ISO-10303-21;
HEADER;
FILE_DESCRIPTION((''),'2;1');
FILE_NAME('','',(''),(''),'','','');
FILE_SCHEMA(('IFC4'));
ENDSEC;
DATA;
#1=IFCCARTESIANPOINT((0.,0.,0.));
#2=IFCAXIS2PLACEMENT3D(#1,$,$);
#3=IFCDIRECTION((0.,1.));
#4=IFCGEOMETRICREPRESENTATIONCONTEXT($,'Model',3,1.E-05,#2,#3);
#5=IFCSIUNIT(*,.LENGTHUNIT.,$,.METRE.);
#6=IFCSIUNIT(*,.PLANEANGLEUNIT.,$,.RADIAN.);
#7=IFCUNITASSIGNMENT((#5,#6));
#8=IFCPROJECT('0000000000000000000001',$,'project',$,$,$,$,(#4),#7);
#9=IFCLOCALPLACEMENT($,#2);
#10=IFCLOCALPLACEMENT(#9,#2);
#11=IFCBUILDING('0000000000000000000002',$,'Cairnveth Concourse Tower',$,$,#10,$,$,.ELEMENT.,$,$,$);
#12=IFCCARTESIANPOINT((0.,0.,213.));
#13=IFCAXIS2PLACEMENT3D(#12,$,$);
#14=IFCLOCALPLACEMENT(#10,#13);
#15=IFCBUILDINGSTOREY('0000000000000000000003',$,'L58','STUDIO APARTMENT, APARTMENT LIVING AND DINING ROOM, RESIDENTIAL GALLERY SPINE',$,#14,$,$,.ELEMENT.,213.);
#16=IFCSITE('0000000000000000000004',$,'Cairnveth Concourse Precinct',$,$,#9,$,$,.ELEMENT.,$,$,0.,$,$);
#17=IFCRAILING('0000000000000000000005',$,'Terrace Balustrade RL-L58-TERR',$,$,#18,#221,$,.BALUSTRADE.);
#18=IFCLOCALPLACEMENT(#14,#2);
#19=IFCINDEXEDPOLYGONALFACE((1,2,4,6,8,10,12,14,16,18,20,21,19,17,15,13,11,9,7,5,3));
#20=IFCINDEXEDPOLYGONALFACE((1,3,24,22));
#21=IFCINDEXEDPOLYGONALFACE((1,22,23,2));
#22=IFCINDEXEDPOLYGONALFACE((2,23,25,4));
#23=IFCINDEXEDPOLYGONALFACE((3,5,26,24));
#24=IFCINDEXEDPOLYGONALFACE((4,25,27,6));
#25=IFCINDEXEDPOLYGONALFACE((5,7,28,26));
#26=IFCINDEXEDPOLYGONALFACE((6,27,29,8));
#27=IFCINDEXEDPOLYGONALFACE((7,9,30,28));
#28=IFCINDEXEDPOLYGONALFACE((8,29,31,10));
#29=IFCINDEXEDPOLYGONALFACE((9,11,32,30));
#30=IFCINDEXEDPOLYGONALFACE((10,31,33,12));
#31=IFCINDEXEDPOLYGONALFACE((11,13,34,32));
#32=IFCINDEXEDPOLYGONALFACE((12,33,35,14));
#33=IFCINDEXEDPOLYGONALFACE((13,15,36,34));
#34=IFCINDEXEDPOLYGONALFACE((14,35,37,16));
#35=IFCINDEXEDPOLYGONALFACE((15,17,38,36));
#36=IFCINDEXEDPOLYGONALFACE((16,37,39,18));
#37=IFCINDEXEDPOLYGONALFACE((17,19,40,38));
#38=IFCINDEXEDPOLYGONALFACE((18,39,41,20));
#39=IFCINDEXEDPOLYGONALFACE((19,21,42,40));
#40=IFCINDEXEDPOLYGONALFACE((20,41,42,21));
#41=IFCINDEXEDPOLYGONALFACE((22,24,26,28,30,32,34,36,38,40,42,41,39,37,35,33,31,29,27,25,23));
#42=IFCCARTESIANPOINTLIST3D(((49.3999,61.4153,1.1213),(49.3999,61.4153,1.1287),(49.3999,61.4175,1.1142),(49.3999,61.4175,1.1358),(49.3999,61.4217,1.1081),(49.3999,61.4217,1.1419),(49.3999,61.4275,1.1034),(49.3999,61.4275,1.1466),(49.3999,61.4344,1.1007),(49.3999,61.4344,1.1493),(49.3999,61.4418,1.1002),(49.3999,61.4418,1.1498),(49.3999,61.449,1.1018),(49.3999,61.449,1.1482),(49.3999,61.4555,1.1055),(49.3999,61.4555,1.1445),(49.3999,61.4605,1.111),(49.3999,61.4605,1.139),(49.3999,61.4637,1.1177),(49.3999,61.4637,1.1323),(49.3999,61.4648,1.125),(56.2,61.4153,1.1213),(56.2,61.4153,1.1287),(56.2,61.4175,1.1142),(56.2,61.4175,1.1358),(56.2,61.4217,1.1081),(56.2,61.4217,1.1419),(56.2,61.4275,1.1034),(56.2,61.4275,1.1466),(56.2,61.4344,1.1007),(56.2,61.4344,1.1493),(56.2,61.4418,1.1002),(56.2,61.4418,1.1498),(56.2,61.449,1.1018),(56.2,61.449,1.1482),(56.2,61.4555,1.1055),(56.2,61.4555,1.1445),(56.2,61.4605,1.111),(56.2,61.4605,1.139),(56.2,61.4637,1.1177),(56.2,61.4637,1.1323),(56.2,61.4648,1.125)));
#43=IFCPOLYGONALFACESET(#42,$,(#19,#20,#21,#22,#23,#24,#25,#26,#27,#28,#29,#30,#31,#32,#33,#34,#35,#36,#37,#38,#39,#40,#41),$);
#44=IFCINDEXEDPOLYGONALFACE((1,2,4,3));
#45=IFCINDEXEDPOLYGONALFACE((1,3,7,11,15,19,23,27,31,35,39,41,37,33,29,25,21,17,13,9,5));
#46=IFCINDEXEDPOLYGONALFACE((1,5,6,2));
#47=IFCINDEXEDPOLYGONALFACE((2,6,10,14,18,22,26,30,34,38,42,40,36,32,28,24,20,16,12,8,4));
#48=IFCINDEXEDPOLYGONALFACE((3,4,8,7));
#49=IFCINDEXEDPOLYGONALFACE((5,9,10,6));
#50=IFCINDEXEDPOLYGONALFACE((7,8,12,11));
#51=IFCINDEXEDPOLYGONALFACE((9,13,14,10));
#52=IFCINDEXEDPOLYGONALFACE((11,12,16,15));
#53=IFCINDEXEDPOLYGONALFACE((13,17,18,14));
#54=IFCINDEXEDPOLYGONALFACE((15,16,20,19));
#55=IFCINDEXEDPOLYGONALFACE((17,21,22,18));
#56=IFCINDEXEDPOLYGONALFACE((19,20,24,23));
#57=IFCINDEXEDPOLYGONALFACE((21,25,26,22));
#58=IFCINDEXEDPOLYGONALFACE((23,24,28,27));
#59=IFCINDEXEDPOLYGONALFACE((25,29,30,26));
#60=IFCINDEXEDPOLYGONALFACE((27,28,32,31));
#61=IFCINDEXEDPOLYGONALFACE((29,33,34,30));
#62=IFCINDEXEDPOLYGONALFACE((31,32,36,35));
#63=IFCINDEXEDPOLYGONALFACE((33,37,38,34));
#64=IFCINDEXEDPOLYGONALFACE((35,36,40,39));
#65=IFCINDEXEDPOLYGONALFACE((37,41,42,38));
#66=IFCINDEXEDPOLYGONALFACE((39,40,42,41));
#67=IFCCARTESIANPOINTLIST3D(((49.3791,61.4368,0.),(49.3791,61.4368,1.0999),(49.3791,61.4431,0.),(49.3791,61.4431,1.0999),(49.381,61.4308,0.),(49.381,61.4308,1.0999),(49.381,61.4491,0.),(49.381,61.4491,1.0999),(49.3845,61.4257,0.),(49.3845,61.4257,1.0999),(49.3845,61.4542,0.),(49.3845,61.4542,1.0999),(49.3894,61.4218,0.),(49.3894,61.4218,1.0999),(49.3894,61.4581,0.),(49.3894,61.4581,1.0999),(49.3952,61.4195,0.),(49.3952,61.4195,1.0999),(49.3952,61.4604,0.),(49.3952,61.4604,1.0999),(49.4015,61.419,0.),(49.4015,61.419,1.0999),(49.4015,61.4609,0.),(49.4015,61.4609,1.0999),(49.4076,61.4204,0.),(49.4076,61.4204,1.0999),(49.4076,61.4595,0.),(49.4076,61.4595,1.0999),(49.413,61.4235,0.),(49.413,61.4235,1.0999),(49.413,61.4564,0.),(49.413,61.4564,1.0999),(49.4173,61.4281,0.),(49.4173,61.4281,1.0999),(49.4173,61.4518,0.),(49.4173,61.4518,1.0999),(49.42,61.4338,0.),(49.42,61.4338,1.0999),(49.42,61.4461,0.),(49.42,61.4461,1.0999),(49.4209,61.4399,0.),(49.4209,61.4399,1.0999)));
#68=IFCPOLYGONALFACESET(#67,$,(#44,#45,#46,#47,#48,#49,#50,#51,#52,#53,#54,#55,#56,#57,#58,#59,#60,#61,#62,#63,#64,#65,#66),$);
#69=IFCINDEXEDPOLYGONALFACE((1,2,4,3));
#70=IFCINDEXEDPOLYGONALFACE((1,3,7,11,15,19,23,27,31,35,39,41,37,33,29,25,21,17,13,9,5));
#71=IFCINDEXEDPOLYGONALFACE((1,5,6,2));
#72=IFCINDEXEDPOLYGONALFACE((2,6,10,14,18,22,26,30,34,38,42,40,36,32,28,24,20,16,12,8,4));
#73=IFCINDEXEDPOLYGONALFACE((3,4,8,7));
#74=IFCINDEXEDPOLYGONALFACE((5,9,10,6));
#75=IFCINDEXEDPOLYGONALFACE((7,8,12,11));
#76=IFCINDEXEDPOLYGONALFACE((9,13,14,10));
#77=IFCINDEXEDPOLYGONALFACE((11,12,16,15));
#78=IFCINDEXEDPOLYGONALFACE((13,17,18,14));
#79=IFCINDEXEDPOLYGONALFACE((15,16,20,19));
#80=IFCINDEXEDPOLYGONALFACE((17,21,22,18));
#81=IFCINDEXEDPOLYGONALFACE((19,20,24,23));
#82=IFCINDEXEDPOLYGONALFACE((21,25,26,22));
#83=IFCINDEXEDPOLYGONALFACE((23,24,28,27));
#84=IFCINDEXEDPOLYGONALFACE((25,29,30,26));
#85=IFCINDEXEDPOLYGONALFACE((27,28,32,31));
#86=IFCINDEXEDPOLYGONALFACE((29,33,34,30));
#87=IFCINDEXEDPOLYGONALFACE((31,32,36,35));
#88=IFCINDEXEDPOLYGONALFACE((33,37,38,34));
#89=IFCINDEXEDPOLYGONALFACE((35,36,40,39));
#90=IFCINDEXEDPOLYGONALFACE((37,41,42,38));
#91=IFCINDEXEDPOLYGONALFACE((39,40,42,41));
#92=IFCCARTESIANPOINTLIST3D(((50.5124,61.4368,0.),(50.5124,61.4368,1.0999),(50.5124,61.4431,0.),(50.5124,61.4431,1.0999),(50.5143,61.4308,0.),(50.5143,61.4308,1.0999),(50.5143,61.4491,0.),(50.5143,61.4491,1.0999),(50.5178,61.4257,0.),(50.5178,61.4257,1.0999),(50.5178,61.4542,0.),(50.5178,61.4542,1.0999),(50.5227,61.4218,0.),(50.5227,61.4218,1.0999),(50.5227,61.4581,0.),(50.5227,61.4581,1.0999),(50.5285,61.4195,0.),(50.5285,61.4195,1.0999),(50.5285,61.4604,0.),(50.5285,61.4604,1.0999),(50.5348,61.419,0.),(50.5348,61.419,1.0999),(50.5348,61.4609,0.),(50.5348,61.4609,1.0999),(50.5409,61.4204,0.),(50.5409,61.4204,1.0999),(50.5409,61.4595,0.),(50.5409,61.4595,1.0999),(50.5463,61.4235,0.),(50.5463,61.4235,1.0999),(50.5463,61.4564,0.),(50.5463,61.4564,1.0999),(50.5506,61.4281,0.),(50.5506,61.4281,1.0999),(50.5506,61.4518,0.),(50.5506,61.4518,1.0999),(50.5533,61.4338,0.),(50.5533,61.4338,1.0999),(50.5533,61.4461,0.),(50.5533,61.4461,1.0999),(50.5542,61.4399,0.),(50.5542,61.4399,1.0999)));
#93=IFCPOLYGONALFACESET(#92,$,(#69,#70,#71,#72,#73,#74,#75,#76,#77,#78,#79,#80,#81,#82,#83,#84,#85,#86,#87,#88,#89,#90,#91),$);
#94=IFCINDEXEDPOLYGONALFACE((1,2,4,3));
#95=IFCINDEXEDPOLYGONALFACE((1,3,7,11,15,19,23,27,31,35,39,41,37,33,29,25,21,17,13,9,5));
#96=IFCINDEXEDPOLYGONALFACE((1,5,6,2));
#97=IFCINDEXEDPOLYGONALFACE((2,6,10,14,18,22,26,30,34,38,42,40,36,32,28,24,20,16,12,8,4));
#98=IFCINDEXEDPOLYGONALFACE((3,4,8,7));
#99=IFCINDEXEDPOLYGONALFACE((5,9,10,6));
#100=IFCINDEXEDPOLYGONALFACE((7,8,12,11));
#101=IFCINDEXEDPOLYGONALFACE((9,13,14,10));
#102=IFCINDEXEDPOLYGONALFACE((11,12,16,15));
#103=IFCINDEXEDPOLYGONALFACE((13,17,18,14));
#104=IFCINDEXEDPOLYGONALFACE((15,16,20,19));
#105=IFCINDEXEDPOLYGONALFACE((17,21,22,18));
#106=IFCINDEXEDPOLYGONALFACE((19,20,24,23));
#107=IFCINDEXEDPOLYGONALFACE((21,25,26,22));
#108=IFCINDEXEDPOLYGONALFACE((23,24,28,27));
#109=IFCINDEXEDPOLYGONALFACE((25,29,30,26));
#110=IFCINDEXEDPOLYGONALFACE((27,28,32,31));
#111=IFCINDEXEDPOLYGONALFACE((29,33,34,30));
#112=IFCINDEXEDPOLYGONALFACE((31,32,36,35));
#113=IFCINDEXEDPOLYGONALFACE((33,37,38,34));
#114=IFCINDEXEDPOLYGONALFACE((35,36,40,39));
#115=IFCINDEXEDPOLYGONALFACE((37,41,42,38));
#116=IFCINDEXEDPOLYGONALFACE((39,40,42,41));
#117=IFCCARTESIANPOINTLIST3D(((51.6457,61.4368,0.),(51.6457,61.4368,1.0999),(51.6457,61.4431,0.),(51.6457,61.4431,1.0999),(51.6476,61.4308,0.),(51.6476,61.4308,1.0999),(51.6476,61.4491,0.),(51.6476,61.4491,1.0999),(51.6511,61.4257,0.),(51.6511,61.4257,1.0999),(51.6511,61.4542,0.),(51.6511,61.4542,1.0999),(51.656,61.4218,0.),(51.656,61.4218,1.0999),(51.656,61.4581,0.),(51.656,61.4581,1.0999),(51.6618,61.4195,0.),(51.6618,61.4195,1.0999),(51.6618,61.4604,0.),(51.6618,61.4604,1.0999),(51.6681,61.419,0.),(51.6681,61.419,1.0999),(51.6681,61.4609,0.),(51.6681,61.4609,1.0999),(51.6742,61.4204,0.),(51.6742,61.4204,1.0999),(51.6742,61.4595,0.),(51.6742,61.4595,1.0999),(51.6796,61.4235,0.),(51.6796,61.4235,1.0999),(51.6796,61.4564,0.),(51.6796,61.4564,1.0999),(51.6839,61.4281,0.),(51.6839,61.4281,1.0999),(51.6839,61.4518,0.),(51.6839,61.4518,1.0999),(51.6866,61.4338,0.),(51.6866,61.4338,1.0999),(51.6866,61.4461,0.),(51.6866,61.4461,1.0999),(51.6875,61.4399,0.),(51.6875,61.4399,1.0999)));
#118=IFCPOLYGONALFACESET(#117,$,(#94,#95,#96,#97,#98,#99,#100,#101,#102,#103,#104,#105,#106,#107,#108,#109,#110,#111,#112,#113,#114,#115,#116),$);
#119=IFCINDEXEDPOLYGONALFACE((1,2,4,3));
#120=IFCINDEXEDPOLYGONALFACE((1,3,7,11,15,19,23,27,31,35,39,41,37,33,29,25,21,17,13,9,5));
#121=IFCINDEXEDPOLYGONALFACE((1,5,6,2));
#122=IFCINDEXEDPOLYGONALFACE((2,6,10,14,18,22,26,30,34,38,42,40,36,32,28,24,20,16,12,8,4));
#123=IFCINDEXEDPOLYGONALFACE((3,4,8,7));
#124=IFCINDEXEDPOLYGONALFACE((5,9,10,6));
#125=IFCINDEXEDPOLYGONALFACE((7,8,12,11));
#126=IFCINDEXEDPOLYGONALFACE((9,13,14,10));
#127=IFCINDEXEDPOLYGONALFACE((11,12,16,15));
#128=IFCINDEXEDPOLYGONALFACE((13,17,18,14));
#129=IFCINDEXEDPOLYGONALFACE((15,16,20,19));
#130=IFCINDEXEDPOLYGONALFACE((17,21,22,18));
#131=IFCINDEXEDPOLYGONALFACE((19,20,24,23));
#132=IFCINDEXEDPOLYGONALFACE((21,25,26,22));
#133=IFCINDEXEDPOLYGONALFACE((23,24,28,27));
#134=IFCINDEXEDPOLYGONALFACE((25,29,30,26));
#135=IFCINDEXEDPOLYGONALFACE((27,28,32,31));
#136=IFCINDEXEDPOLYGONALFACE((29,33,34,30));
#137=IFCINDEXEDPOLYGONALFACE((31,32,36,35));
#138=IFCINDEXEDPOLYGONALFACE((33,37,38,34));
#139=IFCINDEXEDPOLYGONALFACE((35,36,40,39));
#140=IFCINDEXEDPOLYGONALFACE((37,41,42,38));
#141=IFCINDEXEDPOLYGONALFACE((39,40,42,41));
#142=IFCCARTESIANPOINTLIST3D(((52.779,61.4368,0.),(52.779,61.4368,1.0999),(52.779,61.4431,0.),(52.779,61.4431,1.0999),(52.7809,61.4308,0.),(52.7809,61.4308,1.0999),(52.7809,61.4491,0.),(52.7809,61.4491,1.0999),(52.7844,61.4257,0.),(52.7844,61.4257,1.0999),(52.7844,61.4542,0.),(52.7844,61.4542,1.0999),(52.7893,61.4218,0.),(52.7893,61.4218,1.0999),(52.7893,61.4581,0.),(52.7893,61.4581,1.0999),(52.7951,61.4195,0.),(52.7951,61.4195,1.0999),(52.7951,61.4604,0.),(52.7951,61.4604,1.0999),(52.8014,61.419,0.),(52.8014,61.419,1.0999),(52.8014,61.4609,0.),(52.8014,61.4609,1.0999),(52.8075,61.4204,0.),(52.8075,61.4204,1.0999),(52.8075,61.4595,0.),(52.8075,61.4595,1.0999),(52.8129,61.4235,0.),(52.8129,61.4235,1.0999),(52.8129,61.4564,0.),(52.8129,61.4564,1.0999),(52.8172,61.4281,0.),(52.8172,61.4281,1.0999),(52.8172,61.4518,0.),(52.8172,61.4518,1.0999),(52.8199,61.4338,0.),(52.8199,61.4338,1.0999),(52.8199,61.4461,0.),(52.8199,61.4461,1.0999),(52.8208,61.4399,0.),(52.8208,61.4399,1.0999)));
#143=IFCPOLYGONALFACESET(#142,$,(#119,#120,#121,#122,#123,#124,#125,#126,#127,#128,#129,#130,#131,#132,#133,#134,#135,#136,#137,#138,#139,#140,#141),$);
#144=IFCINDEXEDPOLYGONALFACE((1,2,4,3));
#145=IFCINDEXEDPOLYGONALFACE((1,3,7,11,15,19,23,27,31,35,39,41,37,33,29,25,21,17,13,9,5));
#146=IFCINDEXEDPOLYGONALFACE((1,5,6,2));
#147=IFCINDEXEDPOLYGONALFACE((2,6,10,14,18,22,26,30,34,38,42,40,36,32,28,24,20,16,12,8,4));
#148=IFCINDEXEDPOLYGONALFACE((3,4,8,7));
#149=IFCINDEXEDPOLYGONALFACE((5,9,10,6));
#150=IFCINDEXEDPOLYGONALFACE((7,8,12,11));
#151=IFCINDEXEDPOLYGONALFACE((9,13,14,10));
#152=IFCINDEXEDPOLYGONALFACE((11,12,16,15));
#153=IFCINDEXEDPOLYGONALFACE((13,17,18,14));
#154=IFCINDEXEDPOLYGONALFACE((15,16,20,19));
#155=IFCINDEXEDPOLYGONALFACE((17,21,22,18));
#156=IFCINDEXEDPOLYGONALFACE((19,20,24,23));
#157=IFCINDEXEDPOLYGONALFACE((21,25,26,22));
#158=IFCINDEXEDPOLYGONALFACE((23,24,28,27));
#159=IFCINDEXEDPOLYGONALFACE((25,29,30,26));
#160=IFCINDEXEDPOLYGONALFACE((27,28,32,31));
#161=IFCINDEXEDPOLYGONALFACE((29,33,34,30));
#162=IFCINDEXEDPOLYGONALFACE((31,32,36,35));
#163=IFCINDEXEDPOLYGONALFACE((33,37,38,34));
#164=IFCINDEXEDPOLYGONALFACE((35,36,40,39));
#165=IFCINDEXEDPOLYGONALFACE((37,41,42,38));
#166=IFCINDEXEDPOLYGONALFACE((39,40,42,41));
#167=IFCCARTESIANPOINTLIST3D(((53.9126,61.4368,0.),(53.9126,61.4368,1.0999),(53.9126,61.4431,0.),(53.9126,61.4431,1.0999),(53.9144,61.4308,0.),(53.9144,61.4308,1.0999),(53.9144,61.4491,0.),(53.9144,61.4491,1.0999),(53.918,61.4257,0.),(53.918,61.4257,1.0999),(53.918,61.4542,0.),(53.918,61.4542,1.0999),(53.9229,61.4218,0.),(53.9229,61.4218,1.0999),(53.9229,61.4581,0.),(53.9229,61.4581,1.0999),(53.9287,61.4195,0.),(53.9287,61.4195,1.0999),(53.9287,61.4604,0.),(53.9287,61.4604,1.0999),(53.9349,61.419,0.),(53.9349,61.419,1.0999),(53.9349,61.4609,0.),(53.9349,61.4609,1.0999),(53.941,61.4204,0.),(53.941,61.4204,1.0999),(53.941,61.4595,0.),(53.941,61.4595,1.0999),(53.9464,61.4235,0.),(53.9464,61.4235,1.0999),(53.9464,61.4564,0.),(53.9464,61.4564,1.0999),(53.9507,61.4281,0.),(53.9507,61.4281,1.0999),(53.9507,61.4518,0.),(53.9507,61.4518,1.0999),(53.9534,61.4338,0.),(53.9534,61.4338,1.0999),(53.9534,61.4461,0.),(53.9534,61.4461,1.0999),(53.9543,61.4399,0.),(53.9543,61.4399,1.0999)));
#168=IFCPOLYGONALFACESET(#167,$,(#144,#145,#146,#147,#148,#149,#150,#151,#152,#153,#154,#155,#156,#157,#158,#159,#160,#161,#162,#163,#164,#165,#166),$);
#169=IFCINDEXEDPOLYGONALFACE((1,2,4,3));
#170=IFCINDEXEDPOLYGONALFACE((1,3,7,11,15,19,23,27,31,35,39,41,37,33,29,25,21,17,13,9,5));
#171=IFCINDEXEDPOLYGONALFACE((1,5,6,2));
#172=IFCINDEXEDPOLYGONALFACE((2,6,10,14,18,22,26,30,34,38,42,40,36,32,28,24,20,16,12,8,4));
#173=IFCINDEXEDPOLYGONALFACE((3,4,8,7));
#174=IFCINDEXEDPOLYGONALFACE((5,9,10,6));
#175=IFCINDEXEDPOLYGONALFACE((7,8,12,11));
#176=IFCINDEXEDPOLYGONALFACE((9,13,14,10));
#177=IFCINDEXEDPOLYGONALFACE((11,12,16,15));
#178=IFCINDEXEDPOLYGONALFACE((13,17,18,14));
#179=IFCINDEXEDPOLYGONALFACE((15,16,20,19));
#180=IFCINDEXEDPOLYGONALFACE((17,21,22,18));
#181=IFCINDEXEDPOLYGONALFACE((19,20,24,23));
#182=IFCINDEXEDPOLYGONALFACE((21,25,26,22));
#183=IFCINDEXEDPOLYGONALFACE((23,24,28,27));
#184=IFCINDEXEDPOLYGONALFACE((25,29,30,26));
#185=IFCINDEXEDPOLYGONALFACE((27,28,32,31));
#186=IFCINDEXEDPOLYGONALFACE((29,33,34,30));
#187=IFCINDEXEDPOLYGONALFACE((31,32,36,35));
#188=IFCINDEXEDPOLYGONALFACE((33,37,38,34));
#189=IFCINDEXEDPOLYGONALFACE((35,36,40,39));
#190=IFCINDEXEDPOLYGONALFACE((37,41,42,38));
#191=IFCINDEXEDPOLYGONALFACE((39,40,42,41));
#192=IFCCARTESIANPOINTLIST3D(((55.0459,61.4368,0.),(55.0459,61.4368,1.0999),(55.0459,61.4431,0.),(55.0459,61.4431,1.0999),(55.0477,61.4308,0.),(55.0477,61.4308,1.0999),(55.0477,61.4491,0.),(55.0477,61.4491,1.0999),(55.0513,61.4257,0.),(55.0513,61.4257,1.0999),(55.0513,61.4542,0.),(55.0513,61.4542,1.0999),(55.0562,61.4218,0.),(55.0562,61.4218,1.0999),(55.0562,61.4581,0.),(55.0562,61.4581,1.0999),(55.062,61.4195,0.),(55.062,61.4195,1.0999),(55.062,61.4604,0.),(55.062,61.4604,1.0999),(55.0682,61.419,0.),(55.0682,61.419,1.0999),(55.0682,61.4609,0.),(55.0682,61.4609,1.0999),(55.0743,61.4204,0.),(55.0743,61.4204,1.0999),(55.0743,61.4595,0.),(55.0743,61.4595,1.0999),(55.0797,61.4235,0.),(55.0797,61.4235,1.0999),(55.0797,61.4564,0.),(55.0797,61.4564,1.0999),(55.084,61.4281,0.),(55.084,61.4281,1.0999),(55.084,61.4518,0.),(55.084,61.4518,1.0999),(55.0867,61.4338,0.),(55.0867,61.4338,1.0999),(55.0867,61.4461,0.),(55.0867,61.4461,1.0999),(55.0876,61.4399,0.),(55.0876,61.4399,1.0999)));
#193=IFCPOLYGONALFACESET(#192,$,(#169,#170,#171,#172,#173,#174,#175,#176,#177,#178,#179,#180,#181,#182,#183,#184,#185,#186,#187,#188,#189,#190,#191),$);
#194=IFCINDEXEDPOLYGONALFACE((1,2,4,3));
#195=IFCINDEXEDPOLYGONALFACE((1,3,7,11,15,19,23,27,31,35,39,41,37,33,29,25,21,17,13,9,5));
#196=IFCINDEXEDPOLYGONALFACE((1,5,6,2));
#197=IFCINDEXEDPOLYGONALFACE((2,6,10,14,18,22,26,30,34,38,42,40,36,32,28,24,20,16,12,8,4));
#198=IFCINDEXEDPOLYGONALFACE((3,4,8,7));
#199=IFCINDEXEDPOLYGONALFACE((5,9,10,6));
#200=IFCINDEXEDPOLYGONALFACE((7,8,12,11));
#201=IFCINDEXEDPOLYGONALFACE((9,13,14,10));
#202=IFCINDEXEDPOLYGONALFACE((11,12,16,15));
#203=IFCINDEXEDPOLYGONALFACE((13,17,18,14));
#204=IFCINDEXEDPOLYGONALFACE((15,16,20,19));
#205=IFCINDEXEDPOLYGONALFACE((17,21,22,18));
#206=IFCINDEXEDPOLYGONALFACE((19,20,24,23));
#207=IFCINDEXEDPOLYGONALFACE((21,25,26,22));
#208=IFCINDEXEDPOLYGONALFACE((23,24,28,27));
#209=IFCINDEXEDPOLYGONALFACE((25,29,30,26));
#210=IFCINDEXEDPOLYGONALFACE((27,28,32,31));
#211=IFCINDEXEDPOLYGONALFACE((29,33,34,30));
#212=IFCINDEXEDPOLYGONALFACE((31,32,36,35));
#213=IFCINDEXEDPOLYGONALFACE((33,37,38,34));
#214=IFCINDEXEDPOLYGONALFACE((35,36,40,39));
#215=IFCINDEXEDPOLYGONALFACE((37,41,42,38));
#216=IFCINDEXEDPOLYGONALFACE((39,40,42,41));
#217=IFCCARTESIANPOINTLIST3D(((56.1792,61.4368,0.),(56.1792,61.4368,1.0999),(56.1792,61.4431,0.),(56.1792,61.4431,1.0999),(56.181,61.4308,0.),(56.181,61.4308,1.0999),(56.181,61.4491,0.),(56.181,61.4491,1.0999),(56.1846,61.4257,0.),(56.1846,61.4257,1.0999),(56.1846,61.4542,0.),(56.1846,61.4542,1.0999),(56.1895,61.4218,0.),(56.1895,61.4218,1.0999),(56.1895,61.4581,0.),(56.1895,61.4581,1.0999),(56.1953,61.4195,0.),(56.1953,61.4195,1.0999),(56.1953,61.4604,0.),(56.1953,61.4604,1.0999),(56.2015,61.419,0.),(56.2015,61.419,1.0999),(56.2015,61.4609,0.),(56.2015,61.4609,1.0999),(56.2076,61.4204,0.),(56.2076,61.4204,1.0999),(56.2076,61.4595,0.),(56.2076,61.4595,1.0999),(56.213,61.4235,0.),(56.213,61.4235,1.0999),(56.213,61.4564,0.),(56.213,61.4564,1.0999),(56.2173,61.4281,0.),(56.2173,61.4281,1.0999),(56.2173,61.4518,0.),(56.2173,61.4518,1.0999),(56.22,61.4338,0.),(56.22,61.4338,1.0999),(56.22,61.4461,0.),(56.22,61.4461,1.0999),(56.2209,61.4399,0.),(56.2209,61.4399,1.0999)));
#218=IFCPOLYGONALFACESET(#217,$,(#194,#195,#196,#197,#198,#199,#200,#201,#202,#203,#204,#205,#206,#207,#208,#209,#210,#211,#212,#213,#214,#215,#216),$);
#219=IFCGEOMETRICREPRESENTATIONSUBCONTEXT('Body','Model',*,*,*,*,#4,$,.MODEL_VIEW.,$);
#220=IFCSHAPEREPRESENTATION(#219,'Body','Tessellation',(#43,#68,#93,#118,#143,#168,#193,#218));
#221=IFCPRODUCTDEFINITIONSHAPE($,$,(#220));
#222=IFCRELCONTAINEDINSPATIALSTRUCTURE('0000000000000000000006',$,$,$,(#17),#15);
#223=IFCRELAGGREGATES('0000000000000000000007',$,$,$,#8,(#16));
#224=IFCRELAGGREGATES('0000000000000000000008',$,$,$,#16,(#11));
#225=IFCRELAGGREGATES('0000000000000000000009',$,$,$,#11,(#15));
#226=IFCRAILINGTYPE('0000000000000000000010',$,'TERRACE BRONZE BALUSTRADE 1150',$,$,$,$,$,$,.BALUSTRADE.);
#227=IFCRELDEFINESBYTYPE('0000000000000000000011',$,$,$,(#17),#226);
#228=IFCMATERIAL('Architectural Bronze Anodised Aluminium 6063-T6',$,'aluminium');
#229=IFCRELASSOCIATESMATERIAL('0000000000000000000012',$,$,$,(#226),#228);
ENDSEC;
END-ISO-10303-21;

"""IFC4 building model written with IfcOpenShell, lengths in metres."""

from ifc_helpers import new_model, si_unit, direction, frame, origin, origin_2d, place, context, subcontext, project, spatial, circle, extrude, material, type_object, element, save


model = new_model("IFC4")

# Units and contexts
model_context = context("Model", 3, precision=1e-05, world=origin(), true_north=direction((0.0, 1.0)))
body_context = subcontext(model_context, "Body", "Model", "MODEL_VIEW")
ifc_project = project(units=[si_unit("LENGTHUNIT", "METRE"), si_unit("PLANEANGLEUNIT", "RADIAN")], contexts=[model_context])

# Site, building, storey
site_placement = place(None, origin())
site = spatial("IfcSite", under=ifc_project, at=site_placement, Name="Cairnveth Concourse Precinct", CompositionType="ELEMENT", RefElevation=0.0)
building_placement = place(site_placement, origin())
building = spatial("IfcBuilding", under=site, at=building_placement, Name="Cairnveth Concourse Tower", CompositionType="ELEMENT")
storey_placement = place(building_placement, frame((0.0, 0.0, 213.0)))
storey = spatial("IfcBuildingStorey", under=building, at=storey_placement, Name="L58", Description="STUDIO APARTMENT, APARTMENT LIVING AND DINING ROOM, RESIDENTIAL GALLERY SPINE", CompositionType="ELEMENT", Elevation=213.0)

# Shared definitions
ifc_material_1 = material(Name="Architectural Bronze Anodised Aluminium 6063-T6", Category="aluminium")

# Railing
railing_type = type_object("IfcRailingType", Name="TERRACE BRONZE BALUSTRADE 1150", PredefinedType="BALUSTRADE", material=ifc_material_1)
railing_placement = place(storey_placement, frame((49.3999, 61.4399, 0.0)))
element("IfcRailing", 1, at=railing_placement, inside=storey, type_object=railing_type, Name="Terrace Balustrade RL-L58-TERR", PredefinedType="BALUSTRADE", context=body_context, shape_type="SweptSolid", body=[
    extrude(circle(Radius=0.0249, at=origin_2d()), frame((0.0, 0.0, 1.125), z_axis=(1.0, 0.0, 0.0), x_axis=(0.0, 1.0, 0.0)), (0.0, 0.0, 1.0), 6.8),
    extrude(circle(Radius=0.021, at=origin_2d()), origin(), (0.0, 0.0, 1.0), 1.0999),
    extrude(circle(Radius=0.021, at=origin_2d()), frame((1.1333, 0.0, 0.0)), (0.0, 0.0, 1.0), 1.0999),
    extrude(circle(Radius=0.021, at=origin_2d()), frame((2.2666, 0.0, 0.0)), (0.0, 0.0, 1.0), 1.0999),
    extrude(circle(Radius=0.021, at=origin_2d()), frame((3.3999, 0.0, 0.0)), (0.0, 0.0, 1.0), 1.0999),
    extrude(circle(Radius=0.021, at=origin_2d()), frame((4.5334, 0.0, 0.0)), (0.0, 0.0, 1.0), 1.0999),
    extrude(circle(Radius=0.021, at=origin_2d()), frame((5.6667, 0.0, 0.0)), (0.0, 0.0, 1.0), 1.0999),
    extrude(circle(Radius=0.021, at=origin_2d()), frame((6.8, 0.0, 0.0)), (0.0, 0.0, 1.0), 1.0999),
])

save(model, "model.ifc")
